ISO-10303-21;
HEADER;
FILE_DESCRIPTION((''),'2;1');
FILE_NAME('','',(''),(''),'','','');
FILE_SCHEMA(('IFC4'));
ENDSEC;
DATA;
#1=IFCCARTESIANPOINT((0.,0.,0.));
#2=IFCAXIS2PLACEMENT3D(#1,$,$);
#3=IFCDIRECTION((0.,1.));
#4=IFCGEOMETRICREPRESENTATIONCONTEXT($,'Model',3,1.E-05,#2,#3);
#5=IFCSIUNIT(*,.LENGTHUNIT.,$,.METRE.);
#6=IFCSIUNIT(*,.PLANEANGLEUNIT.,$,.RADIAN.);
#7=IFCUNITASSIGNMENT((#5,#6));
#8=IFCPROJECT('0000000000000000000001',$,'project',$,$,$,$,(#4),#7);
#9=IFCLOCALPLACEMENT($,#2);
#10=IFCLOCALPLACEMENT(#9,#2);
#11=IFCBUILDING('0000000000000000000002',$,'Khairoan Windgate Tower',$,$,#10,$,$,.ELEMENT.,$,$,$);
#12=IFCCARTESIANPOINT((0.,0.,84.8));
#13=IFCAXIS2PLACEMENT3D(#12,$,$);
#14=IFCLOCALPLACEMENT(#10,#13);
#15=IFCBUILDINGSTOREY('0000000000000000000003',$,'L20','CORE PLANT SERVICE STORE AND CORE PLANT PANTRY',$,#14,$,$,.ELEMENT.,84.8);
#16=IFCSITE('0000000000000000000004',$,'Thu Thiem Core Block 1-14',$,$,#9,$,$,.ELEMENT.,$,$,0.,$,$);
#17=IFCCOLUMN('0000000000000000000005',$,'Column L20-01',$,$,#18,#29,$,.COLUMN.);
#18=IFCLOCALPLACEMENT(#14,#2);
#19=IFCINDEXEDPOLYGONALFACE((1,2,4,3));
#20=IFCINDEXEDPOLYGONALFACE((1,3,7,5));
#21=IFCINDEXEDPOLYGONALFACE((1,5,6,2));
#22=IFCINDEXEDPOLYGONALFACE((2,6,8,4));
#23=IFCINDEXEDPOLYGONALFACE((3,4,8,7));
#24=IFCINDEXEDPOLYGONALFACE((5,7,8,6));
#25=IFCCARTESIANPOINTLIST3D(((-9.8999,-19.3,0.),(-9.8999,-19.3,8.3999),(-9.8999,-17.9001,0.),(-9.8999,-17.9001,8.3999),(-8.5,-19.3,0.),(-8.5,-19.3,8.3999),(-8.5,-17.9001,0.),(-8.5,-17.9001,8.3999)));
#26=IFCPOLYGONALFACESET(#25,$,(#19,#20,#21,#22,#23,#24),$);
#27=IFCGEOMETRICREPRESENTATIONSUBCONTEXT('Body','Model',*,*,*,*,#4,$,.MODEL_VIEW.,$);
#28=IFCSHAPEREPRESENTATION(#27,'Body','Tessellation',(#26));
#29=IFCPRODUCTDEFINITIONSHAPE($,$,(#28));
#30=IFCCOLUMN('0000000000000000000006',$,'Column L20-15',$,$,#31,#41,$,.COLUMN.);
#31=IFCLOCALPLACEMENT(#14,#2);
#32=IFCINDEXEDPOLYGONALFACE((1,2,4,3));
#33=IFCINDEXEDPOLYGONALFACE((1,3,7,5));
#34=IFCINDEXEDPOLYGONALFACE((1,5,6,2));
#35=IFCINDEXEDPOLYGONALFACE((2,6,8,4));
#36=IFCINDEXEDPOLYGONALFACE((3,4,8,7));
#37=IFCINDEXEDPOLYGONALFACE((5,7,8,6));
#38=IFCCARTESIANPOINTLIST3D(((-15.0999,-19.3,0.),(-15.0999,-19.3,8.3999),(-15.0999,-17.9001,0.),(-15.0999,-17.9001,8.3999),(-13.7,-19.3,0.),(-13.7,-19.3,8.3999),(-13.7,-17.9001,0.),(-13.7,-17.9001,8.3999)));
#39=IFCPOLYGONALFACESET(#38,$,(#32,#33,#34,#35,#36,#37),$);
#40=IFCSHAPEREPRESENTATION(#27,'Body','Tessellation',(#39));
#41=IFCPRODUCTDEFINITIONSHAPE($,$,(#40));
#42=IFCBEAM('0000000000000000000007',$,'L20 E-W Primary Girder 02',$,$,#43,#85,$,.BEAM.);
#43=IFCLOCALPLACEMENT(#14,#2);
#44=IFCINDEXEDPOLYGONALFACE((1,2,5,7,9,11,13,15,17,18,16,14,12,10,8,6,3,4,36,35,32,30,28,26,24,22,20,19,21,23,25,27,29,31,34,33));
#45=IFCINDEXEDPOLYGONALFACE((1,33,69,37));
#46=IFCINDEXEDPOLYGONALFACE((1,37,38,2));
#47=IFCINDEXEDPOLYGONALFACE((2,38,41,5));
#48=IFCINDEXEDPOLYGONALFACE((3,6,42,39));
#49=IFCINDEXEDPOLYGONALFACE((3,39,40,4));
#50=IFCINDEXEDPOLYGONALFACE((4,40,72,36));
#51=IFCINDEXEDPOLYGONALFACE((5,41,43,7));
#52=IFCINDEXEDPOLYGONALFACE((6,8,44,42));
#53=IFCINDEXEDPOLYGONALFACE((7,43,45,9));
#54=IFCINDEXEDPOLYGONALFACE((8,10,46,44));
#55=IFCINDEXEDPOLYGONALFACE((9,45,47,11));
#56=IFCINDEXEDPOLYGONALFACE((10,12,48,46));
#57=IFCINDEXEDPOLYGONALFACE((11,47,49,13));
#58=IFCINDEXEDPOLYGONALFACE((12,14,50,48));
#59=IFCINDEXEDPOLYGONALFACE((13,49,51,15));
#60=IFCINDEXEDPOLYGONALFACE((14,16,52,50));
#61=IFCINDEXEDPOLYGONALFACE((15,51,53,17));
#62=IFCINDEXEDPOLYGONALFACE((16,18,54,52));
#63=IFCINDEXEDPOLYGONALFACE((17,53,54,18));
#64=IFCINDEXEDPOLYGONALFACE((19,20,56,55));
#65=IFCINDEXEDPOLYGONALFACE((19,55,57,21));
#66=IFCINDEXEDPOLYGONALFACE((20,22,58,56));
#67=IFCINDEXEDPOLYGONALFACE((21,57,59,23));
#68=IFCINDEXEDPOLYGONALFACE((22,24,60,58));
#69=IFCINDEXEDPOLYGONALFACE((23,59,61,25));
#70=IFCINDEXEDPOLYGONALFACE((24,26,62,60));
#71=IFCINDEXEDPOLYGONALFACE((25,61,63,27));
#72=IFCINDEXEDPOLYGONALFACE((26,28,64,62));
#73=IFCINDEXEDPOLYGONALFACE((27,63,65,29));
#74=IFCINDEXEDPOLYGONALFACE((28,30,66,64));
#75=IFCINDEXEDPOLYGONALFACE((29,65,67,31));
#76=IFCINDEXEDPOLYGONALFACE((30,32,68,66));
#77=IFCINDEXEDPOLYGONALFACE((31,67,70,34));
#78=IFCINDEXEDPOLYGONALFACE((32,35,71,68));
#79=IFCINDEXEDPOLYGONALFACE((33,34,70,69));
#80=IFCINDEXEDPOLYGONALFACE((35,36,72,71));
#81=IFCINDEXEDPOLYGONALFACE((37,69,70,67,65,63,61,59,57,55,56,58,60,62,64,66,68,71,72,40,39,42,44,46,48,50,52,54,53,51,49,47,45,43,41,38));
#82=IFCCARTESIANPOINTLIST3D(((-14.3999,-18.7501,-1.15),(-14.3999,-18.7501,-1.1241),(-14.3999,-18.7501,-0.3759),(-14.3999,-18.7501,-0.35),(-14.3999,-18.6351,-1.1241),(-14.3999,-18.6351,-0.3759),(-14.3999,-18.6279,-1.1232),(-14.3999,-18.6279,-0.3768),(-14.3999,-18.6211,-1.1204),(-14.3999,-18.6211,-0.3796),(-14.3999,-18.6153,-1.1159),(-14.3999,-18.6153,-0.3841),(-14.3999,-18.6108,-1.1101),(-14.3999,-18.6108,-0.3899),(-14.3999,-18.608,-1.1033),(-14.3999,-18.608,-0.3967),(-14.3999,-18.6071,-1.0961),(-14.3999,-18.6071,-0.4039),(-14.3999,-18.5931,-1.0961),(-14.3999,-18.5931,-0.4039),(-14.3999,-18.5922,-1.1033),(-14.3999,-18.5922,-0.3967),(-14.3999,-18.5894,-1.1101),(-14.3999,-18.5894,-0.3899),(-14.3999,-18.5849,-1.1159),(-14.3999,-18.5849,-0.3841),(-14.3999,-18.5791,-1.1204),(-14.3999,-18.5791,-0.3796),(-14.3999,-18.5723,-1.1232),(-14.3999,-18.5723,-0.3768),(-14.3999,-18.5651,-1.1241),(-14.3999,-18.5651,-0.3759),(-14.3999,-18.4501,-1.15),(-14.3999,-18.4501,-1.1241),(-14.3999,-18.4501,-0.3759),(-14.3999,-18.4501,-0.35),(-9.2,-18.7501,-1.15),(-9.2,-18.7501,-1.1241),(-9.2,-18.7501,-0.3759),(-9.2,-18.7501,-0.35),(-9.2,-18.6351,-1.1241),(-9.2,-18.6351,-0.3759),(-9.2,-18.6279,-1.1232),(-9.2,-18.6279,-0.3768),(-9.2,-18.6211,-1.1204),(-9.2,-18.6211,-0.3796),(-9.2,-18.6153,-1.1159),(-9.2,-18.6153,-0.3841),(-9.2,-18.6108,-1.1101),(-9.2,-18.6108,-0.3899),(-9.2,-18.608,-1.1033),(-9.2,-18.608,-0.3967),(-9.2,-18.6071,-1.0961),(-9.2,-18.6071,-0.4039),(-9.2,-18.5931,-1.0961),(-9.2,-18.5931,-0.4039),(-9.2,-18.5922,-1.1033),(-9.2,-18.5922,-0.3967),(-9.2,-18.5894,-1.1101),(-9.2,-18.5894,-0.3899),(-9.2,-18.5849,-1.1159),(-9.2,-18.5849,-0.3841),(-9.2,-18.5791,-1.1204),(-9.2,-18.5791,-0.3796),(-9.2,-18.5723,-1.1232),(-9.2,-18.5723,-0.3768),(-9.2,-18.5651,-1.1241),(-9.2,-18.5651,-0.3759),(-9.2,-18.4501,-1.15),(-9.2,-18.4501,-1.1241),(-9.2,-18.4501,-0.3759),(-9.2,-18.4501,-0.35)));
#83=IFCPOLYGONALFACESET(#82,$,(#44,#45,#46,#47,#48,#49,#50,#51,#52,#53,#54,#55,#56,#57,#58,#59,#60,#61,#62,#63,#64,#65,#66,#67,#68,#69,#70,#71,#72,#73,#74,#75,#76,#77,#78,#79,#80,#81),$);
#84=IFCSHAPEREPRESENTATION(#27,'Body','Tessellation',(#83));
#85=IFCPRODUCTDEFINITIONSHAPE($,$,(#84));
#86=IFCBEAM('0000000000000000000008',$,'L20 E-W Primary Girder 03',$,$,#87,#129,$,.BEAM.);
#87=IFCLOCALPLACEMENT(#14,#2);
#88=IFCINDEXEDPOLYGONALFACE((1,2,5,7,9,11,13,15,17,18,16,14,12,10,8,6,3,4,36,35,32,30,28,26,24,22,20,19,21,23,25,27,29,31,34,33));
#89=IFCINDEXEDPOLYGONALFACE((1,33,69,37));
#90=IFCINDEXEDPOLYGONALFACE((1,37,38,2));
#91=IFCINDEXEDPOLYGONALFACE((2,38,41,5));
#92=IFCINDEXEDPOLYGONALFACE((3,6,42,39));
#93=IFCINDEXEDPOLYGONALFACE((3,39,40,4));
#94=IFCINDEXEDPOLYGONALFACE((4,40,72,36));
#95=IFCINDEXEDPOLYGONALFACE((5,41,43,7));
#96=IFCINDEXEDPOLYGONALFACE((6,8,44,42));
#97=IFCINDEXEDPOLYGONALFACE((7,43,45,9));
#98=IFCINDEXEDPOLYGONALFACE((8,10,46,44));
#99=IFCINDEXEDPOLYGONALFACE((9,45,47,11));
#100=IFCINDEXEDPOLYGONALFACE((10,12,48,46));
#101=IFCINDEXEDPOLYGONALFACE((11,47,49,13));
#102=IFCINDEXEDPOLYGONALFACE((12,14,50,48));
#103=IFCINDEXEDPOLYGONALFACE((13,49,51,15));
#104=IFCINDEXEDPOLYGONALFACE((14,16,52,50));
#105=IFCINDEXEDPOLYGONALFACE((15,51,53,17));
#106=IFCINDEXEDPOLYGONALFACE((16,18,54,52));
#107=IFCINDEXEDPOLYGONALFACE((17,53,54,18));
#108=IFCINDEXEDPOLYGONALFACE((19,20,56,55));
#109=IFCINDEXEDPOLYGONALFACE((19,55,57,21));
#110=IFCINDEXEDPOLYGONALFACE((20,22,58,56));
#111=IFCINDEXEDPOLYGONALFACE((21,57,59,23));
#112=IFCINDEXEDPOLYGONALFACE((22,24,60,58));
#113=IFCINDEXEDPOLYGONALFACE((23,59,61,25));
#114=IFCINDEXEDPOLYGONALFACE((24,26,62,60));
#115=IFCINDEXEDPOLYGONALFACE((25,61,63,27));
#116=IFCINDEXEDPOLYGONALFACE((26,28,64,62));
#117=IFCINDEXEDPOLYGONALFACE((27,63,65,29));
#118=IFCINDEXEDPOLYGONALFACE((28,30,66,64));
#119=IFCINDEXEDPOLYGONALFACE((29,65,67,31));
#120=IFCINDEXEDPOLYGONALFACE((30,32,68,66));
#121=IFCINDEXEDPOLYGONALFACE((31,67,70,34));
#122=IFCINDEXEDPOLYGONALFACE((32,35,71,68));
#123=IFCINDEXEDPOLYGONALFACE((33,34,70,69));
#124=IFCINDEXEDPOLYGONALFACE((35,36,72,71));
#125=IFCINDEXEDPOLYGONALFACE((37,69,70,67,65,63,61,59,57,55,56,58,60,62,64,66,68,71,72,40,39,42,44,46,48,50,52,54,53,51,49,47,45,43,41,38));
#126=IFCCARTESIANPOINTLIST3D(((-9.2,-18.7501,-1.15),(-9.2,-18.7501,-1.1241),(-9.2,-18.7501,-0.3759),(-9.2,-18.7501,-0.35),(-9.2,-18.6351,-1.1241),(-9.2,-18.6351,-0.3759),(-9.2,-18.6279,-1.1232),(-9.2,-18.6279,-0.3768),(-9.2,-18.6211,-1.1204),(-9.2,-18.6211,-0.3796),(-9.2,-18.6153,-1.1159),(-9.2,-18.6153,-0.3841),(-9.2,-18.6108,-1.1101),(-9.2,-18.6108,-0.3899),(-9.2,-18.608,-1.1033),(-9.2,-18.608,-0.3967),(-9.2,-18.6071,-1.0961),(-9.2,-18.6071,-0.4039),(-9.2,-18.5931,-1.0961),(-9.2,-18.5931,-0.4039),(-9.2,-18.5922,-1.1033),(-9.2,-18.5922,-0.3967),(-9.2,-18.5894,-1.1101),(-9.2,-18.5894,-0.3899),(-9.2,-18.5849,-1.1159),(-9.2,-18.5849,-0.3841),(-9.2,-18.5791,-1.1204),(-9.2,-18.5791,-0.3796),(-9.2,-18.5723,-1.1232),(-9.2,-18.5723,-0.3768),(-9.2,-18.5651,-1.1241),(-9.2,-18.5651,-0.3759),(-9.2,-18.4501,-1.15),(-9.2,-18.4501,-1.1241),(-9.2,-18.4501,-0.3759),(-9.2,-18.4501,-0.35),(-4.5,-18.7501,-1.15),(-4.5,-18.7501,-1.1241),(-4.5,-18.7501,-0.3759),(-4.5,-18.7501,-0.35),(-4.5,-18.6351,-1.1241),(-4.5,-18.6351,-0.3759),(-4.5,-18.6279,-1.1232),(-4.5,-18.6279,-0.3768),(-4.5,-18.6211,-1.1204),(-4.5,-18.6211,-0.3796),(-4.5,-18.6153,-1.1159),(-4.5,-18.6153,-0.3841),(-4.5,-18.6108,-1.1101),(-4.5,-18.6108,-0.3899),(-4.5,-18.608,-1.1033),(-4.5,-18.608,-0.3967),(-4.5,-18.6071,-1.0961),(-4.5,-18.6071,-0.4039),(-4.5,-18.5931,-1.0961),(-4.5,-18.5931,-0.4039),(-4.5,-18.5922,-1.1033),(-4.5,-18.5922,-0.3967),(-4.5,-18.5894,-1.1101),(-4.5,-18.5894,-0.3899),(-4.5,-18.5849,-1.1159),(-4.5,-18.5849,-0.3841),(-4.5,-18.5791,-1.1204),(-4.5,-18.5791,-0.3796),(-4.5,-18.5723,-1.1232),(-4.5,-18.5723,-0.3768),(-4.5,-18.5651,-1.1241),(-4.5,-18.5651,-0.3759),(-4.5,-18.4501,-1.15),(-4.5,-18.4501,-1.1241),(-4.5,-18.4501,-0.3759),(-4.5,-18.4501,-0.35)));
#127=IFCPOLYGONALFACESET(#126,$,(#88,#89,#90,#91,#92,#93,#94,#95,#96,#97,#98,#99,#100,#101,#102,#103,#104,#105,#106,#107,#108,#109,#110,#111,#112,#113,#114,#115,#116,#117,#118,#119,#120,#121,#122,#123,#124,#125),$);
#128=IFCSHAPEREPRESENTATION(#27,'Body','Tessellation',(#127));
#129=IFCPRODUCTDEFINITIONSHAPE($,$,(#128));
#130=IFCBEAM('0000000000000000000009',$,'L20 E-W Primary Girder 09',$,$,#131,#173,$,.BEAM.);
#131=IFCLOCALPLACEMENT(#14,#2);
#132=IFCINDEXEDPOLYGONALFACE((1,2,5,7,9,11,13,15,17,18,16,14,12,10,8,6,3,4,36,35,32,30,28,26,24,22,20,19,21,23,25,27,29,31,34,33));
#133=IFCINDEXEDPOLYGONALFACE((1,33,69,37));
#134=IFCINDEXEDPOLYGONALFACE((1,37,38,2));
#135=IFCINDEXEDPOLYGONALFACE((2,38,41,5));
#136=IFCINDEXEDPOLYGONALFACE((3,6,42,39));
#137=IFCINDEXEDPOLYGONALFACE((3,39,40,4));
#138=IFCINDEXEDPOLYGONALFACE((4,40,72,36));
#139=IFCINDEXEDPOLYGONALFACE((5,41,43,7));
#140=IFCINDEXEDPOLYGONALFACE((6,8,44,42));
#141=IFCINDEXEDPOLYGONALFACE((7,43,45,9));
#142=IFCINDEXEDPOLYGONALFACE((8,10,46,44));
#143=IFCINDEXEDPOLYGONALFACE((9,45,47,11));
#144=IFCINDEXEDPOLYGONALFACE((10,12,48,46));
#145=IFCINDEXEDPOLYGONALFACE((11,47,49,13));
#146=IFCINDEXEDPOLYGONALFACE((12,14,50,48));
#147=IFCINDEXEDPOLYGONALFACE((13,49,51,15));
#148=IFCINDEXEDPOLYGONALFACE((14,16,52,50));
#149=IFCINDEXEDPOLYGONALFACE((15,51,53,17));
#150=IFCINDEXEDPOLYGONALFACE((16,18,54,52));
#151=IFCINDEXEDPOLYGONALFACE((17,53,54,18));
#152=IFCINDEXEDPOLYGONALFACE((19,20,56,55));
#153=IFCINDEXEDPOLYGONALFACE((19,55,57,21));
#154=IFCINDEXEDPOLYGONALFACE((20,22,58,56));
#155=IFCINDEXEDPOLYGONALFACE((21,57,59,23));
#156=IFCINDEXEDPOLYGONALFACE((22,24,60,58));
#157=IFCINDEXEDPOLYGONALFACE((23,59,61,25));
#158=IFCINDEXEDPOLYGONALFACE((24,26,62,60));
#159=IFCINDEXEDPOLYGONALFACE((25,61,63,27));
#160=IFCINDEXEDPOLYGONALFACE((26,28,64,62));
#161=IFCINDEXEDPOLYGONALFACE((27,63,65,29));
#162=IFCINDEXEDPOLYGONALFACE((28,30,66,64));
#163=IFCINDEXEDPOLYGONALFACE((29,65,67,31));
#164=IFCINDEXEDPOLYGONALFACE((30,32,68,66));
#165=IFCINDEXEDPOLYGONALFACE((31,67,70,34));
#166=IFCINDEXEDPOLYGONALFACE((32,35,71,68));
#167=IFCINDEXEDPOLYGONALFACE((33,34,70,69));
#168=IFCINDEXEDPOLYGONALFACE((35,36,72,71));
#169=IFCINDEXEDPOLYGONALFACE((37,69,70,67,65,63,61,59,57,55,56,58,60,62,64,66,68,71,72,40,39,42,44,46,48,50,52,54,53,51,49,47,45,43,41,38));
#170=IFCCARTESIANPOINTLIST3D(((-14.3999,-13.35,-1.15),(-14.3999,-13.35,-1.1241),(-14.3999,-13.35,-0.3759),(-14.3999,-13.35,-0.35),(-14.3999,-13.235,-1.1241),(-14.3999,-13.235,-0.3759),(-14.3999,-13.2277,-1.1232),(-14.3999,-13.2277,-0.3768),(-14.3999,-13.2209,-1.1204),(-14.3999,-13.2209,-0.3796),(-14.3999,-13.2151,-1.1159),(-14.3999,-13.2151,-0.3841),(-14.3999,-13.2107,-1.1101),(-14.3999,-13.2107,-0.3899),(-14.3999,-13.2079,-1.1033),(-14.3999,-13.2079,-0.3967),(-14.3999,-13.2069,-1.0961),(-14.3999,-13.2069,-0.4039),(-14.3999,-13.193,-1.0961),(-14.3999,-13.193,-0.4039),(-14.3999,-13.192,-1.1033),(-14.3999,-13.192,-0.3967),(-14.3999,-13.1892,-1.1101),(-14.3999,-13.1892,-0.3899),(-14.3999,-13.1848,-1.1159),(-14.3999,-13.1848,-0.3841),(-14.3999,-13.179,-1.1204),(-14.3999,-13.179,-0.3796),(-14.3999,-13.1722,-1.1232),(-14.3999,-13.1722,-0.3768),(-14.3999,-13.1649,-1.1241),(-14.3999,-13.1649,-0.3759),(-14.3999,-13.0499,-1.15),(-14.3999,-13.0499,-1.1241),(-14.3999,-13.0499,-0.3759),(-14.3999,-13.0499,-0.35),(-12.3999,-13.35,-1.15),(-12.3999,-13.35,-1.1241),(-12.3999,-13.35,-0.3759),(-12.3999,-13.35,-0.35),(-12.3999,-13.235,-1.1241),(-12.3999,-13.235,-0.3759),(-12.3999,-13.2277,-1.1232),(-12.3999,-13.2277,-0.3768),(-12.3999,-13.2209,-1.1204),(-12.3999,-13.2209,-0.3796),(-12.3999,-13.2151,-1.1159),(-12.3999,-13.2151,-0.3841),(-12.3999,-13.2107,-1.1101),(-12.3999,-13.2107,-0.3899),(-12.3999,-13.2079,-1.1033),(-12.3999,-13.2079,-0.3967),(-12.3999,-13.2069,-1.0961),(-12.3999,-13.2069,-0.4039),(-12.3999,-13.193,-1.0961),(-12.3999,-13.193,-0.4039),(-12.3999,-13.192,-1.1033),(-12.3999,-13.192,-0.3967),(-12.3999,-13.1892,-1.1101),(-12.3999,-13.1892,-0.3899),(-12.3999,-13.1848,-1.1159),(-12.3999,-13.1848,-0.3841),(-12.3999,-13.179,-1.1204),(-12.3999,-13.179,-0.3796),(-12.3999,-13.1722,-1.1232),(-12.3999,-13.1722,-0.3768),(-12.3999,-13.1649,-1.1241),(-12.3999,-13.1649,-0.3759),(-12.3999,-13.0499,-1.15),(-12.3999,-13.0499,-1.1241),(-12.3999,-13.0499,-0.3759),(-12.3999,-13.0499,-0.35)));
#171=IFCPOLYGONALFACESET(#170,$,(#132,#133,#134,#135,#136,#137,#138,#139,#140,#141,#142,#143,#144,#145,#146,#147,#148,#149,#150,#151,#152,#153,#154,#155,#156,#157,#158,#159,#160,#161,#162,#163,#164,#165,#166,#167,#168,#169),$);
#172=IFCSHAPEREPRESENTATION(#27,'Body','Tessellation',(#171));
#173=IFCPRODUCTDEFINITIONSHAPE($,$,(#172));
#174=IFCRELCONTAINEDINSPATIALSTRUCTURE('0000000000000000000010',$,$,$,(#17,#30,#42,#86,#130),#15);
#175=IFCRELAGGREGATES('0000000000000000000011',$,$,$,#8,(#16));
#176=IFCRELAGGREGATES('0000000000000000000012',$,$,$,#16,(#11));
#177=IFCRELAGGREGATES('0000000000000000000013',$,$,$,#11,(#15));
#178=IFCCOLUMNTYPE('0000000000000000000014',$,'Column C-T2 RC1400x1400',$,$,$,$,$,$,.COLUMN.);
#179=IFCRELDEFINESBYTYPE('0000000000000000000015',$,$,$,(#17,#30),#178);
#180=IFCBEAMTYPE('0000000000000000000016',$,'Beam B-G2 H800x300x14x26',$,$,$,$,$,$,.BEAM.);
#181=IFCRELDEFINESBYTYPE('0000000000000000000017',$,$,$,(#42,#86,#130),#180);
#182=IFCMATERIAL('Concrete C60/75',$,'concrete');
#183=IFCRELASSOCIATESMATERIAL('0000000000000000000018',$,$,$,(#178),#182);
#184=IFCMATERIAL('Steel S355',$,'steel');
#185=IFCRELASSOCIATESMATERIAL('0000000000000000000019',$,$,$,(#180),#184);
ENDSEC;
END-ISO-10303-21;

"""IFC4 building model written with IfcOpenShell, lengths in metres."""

from ifc_helpers import new_model, si_unit, direction, frame, origin, origin_2d, place, context, subcontext, project, spatial, rectangle, i_section, extrude, material, material_profile, profile_set, type_object, element, save


model = new_model("IFC4")

# Units and contexts
model_context = context("Model", 3, precision=1e-05, world=origin(), true_north=direction((0.0, 1.0)))
body_context = subcontext(model_context, "Body", "Model", "MODEL_VIEW")
ifc_project = project(units=[si_unit("LENGTHUNIT", "METRE"), si_unit("PLANEANGLEUNIT", "RADIAN")], contexts=[model_context])

# Site, building, storey
site_placement = place(None, origin())
site = spatial("IfcSite", under=ifc_project, at=site_placement, Name="Thu Thiem Core Block 1-14", CompositionType="ELEMENT", RefElevation=0.0)
building_placement = place(site_placement, origin())
building = spatial("IfcBuilding", under=site, at=building_placement, Name="Khairoan Windgate Tower", CompositionType="ELEMENT")
storey_placement = place(building_placement, frame((0.0, 0.0, 84.8)))
storey = spatial("IfcBuildingStorey", under=building, at=storey_placement, Name="L20", Description="CORE PLANT SERVICE STORE AND CORE PLANT PANTRY", CompositionType="ELEMENT", Elevation=84.8)

# Columns
ifc_material_1 = material(Name="Concrete C60/75", Category="concrete")
ifc_material_profile_1 = material_profile(ifc_material_1, rectangle(XDim=1.3999, YDim=1.3999, at=origin_2d()))
ifc_profile_set_1 = profile_set([ifc_material_profile_1], Name="Concrete C60/75")
column_type = type_object("IfcColumnType", Name="Column C-T2 RC1400x1400", PredefinedType="COLUMN", material=ifc_profile_set_1)
for number, where, z_axis, x_axis, name in (
    (1, (-9.2, -18.6001, 0.0), (0.0, 0.0, 1.0), (1.0, 0.0, 0.0), "Column L20-01"),
    (2, (-14.3999, -18.6001, 0.0), (0.0, 0.0, 1.0), (1.0, 0.0, 0.0), "Column L20-15"),
):
    element("IfcColumn", number, at=place(storey_placement, frame(where, z_axis=z_axis, x_axis=x_axis)), inside=storey, type_object=column_type, Name=name, PredefinedType="COLUMN", context=body_context, shape_type="SweptSolid", body=[
        extrude(rectangle(XDim=1.3999, YDim=1.3999, at=origin_2d()), origin(), (0.0, 0.0, 1.0), 8.3999),
    ])

# Beams
ifc_material_2 = material(Name="Steel S355", Category="steel")
ifc_material_profile_2 = material_profile(ifc_material_2, i_section(OverallWidth=0.3, OverallDepth=0.8, WebThickness=0.0139, FlangeThickness=0.0259, FilletRadius=0.0281, at=origin_2d()))
ifc_profile_set_2 = profile_set([ifc_material_profile_2], Name="Steel S355")
beam_type_1 = type_object("IfcBeamType", Name="Beam B-G2 H800x300x14x26", PredefinedType="BEAM", material=ifc_profile_set_2)
beam_1_placement = place(storey_placement, frame((-14.3999, -18.6001, -0.75), z_axis=(1.0, 0.0, 0.0), x_axis=(0.0, 1.0, 0.0)))
element("IfcBeam", 3, at=beam_1_placement, inside=storey, type_object=beam_type_1, Name="L20 E-W Primary Girder 02", PredefinedType="BEAM", context=body_context, shape_type="SweptSolid", body=[
    extrude(i_section(OverallWidth=0.3, OverallDepth=0.8, WebThickness=0.0139, FlangeThickness=0.0259, FilletRadius=0.0281, at=origin_2d()), origin(), (0.0, 0.0, 1.0), 5.2),
])
beam_2_placement = place(storey_placement, frame((-9.2, -18.6001, -0.75), z_axis=(1.0, 0.0, 0.0), x_axis=(0.0, 1.0, 0.0)))
element("IfcBeam", 4, at=beam_2_placement, inside=storey, type_object=beam_type_1, Name="L20 E-W Primary Girder 03", PredefinedType="BEAM", context=body_context, shape_type="SweptSolid", body=[
    extrude(i_section(OverallWidth=0.3, OverallDepth=0.8, WebThickness=0.0139, FlangeThickness=0.0259, FilletRadius=0.0281, at=origin_2d()), origin(), (0.0, 0.0, 1.0), 4.7),
])
beam_3_placement = place(storey_placement, frame((-14.3999, -13.2, -0.75), z_axis=(1.0, 0.0, 0.0), x_axis=(0.0, 1.0, 0.0)))
element("IfcBeam", 5, at=beam_3_placement, inside=storey, type_object=beam_type_1, Name="L20 E-W Primary Girder 09", PredefinedType="BEAM", context=body_context, shape_type="SweptSolid", body=[
    extrude(i_section(OverallWidth=0.3, OverallDepth=0.8, WebThickness=0.0139, FlangeThickness=0.0259, FilletRadius=0.0281, at=origin_2d()), origin(), (0.0, 0.0, 1.0), 2.0),
])

save(model, "model.ifc")
